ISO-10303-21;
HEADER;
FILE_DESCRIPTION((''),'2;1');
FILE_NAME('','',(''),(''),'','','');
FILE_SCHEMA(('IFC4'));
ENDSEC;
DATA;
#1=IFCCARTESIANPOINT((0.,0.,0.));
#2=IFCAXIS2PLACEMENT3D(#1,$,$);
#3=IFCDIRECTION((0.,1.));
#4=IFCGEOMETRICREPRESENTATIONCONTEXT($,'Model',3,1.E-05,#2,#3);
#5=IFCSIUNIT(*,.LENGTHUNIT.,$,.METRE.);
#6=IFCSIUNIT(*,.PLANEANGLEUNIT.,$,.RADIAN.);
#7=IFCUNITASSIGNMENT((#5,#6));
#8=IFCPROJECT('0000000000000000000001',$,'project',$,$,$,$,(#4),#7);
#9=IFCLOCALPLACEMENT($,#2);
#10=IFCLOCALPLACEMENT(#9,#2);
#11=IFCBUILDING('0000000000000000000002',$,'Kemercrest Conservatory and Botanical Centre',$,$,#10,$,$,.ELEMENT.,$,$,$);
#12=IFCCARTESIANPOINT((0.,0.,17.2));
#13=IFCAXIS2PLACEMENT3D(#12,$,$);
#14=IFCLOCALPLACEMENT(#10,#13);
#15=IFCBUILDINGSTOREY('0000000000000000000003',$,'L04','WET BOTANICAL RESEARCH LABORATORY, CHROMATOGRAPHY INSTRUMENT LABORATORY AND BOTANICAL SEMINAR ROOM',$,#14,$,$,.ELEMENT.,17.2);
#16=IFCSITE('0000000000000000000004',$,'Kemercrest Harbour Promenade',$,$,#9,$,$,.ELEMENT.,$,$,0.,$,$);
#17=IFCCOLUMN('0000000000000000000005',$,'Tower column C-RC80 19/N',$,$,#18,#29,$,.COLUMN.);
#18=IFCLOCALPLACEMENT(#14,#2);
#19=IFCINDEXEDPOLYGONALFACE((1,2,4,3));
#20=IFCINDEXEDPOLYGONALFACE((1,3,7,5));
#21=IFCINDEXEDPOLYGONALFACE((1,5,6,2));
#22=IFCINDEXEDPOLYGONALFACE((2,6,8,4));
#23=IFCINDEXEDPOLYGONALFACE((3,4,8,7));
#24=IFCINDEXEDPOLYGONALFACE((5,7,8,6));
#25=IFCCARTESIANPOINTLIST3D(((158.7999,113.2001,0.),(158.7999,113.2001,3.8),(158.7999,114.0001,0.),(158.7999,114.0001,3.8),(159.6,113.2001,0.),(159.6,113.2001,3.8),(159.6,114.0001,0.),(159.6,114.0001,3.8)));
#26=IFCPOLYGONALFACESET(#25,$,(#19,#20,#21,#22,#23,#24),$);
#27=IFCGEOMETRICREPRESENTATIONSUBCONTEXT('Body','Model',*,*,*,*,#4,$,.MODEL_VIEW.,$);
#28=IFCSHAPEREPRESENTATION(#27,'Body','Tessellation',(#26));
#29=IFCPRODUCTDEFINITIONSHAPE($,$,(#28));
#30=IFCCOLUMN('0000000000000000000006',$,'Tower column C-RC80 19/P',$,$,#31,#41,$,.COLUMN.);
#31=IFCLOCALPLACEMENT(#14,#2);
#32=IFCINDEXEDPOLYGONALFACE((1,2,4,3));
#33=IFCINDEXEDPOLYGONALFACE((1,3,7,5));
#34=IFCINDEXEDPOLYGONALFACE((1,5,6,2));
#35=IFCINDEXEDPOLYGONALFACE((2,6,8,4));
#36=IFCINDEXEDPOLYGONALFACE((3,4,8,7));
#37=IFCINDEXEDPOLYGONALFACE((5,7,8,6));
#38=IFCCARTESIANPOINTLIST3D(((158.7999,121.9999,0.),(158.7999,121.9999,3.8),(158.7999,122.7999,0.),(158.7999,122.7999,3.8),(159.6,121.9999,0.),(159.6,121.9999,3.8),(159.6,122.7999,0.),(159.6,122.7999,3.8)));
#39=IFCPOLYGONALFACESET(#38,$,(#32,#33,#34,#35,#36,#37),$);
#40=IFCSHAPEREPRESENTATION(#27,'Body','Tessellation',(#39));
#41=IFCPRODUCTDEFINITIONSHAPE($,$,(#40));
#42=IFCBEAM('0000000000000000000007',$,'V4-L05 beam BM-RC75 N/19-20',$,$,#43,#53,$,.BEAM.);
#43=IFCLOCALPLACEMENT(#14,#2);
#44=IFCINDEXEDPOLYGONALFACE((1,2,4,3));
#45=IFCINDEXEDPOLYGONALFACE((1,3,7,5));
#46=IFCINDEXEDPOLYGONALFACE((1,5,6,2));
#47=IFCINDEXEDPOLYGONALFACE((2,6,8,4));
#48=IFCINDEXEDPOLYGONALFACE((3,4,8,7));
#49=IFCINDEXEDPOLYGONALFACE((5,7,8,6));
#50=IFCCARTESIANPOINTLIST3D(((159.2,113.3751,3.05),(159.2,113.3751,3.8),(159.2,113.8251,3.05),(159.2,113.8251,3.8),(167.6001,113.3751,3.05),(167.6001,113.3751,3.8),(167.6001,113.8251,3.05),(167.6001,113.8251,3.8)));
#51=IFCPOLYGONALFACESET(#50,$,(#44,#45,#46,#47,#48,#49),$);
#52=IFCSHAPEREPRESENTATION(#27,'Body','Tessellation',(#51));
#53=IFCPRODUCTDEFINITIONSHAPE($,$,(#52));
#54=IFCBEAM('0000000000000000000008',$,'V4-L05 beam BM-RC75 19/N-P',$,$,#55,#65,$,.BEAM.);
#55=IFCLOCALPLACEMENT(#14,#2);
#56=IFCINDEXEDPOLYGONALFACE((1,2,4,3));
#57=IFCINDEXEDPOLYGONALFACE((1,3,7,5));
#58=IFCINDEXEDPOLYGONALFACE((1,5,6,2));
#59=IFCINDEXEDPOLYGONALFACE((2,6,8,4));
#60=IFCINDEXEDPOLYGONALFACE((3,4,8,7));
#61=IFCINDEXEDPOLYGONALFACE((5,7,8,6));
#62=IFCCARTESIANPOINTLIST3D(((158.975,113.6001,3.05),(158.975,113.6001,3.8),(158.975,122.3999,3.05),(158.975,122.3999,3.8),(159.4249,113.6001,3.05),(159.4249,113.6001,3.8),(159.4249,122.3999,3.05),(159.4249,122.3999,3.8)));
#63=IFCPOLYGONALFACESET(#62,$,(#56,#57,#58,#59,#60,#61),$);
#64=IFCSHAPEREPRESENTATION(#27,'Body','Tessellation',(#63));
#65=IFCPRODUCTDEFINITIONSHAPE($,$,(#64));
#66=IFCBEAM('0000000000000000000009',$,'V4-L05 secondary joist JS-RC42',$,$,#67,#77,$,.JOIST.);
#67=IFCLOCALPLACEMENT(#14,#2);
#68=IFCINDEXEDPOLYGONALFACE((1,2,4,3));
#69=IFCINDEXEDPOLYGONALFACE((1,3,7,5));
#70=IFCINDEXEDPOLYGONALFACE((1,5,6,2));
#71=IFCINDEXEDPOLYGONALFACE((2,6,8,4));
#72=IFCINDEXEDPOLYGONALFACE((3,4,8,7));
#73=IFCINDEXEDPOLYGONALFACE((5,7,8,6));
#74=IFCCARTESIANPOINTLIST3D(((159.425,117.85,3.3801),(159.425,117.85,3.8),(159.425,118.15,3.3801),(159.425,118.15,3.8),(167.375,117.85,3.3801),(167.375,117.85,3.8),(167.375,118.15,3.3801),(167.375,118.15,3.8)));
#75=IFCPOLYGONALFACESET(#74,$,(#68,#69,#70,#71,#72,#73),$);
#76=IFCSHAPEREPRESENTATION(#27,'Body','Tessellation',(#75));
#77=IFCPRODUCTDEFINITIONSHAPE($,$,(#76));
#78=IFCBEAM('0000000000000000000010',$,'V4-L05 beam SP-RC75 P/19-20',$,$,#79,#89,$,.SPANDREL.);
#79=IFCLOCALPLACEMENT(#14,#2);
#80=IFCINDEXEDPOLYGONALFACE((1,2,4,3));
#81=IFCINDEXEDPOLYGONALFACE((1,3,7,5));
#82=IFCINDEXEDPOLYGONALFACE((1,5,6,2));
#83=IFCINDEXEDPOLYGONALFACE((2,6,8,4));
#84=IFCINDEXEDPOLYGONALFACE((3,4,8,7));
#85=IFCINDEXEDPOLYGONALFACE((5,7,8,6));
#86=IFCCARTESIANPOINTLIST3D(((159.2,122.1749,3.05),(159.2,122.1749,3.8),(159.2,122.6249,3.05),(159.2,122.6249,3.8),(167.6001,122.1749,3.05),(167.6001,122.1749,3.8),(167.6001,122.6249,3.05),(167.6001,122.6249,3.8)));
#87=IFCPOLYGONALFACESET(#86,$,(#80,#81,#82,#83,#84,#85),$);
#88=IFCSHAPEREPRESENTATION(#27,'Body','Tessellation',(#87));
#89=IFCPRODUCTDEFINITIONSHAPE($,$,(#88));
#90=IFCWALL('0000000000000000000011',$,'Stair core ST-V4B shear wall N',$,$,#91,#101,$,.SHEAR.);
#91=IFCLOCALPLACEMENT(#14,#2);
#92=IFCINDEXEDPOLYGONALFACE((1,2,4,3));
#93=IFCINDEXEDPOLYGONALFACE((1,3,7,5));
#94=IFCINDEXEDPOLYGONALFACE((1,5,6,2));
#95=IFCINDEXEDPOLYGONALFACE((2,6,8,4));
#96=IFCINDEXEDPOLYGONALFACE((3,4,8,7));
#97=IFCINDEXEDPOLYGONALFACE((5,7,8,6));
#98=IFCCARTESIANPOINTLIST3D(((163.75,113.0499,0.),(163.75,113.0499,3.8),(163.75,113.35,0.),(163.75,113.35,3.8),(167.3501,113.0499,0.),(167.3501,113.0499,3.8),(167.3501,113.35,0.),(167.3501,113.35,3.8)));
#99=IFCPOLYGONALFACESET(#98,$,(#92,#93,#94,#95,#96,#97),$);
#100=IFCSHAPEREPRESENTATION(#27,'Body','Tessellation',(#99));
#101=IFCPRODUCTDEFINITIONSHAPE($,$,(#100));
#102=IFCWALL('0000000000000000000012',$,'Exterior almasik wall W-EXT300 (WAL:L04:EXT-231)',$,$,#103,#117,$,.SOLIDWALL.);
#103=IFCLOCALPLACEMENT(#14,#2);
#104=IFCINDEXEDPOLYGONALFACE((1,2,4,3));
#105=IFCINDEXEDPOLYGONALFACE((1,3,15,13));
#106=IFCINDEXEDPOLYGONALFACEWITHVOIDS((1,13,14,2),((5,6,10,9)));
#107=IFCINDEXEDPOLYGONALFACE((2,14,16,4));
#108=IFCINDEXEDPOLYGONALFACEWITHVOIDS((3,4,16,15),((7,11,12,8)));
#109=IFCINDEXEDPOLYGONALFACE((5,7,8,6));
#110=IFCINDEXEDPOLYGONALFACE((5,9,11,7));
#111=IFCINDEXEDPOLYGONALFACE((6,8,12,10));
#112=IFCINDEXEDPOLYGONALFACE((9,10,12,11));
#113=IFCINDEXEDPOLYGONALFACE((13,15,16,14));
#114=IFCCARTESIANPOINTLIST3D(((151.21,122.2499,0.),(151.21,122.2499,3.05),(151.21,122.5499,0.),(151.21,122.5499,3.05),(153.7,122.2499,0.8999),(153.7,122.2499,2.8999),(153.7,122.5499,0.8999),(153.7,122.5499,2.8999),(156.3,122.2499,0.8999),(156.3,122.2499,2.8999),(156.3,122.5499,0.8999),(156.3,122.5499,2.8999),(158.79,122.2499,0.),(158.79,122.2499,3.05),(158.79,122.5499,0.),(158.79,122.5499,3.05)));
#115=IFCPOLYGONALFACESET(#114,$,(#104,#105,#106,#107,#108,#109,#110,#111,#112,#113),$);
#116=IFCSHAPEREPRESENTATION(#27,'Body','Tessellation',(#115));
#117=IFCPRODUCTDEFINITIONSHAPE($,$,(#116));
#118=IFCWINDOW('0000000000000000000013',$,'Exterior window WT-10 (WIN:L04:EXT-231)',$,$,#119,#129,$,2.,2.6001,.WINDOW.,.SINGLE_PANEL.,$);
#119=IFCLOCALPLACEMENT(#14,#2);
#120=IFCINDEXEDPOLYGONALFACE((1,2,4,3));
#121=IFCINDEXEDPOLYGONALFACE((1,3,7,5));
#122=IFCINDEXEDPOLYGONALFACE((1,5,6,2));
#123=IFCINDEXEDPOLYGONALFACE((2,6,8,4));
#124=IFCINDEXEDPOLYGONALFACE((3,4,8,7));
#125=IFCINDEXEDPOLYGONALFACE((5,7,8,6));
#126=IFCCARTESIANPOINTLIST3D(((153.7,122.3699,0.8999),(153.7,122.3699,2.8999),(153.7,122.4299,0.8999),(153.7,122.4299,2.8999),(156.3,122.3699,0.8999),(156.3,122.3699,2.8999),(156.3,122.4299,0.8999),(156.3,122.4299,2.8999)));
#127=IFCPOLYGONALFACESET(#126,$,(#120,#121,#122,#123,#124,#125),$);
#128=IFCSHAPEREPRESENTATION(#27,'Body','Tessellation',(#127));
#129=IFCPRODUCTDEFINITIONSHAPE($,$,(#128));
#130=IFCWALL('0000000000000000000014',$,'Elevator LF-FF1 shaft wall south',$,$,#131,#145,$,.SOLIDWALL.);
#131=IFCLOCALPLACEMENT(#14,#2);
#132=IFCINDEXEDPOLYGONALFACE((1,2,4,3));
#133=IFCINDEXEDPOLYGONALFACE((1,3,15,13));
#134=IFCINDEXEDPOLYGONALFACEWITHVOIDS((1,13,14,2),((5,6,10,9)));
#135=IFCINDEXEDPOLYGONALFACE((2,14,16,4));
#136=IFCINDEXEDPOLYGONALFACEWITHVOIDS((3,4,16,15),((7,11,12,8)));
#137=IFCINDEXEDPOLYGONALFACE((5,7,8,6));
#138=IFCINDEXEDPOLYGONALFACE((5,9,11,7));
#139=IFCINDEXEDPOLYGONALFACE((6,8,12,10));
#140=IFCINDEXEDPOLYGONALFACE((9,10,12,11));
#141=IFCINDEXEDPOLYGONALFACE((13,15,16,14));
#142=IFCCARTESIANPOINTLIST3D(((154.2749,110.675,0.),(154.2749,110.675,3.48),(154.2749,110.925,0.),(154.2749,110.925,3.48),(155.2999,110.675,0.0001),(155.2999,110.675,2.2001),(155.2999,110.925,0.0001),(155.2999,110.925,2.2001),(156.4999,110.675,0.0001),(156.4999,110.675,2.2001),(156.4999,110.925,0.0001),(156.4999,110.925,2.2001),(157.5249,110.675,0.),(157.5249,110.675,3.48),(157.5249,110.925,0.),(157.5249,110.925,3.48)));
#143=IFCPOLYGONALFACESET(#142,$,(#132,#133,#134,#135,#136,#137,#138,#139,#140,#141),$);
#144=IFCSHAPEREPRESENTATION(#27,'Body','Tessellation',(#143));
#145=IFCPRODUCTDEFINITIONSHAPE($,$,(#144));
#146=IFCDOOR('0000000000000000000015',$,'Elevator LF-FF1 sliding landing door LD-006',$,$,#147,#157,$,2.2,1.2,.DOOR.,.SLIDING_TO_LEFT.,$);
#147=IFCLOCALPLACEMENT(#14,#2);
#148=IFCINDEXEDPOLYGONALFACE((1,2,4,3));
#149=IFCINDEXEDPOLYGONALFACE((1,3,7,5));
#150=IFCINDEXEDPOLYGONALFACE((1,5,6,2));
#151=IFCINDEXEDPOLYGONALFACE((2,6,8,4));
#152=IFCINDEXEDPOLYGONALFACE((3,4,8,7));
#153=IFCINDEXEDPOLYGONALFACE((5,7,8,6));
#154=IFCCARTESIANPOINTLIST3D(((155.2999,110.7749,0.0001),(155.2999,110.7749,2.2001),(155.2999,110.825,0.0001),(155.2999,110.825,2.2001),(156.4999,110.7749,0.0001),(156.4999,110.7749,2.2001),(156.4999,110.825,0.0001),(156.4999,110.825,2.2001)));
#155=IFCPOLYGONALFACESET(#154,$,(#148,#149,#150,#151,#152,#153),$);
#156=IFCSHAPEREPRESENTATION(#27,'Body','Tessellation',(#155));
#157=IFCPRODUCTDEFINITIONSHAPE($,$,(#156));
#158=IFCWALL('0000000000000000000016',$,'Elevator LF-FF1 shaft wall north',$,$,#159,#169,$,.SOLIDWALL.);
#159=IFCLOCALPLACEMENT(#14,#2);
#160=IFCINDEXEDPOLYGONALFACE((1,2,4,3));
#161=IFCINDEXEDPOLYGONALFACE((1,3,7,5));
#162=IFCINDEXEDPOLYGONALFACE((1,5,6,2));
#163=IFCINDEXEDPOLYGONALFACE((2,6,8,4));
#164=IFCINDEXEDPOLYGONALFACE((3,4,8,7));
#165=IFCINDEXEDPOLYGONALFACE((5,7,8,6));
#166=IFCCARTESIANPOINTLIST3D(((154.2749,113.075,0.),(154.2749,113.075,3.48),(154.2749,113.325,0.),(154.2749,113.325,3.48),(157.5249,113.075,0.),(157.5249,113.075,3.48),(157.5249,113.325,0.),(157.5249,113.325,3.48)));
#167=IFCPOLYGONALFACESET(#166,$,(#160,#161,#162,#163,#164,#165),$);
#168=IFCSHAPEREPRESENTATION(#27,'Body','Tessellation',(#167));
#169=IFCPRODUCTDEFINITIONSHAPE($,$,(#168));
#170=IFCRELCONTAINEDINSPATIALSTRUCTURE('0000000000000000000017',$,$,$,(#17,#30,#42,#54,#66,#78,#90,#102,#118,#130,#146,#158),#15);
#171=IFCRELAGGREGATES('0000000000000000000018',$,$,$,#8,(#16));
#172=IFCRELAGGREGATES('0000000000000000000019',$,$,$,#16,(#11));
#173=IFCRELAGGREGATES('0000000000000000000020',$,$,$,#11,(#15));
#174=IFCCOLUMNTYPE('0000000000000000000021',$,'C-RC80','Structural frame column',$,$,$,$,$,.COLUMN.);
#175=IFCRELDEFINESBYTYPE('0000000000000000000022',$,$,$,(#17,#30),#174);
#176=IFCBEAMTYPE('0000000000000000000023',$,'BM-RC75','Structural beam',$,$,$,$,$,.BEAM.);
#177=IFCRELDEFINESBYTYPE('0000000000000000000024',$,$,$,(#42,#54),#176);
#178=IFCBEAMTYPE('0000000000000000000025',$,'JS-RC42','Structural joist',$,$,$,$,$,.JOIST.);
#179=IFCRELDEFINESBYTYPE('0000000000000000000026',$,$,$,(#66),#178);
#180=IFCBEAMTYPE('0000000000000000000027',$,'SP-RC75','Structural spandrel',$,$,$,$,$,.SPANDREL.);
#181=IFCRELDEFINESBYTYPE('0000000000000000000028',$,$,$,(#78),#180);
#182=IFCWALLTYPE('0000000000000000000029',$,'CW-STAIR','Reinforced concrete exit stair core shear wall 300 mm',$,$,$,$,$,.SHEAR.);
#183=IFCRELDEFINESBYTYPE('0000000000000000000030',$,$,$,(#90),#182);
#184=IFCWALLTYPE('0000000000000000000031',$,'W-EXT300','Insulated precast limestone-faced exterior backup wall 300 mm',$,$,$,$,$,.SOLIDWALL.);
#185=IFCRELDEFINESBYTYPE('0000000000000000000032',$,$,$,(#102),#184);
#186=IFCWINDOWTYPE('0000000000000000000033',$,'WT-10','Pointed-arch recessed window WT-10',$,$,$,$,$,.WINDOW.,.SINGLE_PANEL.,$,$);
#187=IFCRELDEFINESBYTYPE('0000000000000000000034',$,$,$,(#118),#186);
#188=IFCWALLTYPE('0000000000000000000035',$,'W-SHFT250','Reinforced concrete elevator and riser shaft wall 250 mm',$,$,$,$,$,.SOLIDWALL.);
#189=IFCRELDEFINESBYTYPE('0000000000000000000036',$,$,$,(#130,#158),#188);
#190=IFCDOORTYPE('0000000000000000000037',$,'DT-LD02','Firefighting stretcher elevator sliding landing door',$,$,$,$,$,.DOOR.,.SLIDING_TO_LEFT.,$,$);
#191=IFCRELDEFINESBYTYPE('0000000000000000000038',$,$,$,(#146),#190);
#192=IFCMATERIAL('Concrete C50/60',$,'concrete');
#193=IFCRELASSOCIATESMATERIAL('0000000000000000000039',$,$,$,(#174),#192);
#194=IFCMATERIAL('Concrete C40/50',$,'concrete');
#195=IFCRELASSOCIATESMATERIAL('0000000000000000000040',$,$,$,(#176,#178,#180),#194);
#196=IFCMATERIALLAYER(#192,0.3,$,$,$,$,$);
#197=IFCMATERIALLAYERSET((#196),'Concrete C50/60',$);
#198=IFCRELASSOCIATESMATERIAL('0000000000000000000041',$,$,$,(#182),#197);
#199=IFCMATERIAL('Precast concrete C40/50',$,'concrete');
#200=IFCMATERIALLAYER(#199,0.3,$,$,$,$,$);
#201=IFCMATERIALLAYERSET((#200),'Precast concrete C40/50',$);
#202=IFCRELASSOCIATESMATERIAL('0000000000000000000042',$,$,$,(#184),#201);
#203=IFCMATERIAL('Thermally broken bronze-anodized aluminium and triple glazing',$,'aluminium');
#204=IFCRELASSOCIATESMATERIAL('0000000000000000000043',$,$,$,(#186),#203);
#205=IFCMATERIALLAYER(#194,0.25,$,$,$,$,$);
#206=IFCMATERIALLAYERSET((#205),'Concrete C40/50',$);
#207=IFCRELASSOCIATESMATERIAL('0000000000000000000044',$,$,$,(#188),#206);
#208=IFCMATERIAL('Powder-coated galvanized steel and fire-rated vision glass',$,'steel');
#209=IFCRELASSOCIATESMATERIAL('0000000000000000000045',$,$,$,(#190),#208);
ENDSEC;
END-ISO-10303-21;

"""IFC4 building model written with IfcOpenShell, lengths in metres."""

from ifc_helpers import new_model, si_unit, direction, frame, frame_2d, origin, origin_2d, place, context, subcontext, project, spatial, rectangle, extrude, material, layer, layer_set, material_profile, profile_set, type_object, element, fill, save


model = new_model("IFC4")

# Units and contexts
model_context = context("Model", 3, precision=1e-05, world=origin(), true_north=direction((0.0, 1.0)))
body_context = subcontext(model_context, "Body", "Model", "MODEL_VIEW")
ifc_project = project(units=[si_unit("LENGTHUNIT", "METRE"), si_unit("PLANEANGLEUNIT", "RADIAN")], contexts=[model_context])

# Site, building, storey
site_placement = place(None, origin())
site = spatial("IfcSite", under=ifc_project, at=site_placement, Name="Kemercrest Harbour Promenade", CompositionType="ELEMENT", RefElevation=0.0)
building_placement = place(site_placement, origin())
building = spatial("IfcBuilding", under=site, at=building_placement, Name="Kemercrest Conservatory and Botanical Centre", CompositionType="ELEMENT")
storey_placement = place(building_placement, frame((0.0, 0.0, 17.2)))
storey = spatial("IfcBuildingStorey", under=building, at=storey_placement, Name="L04", Description="WET BOTANICAL RESEARCH LABORATORY, CHROMATOGRAPHY INSTRUMENT LABORATORY AND BOTANICAL SEMINAR ROOM", CompositionType="ELEMENT", Elevation=17.2)

# Columns
ifc_material_1 = material(Name="Concrete C50/60", Category="concrete")
ifc_material_profile_1 = material_profile(ifc_material_1, rectangle(XDim=0.8, YDim=0.8, at=origin_2d()), Name="RC 800x800")
ifc_profile_set_1 = profile_set([ifc_material_profile_1], Name="Concrete C50/60")
column_type = type_object("IfcColumnType", Name="C-RC80", Description="Structural frame column", PredefinedType="COLUMN", material=ifc_profile_set_1)
for number, where, z_axis, x_axis, name in (
    (1, (159.2, 113.6001, 0.0), (0.0, 0.0, 1.0), (1.0, 0.0, 0.0), "Tower column C-RC80 19/N"),
    (2, (159.2, 122.3999, 0.0), (0.0, 0.0, 1.0), (1.0, 0.0, 0.0), "Tower column C-RC80 19/P"),
):
    element("IfcColumn", number, at=place(storey_placement, frame(where, z_axis=z_axis, x_axis=x_axis)), inside=storey, type_object=column_type, Name=name, PredefinedType="COLUMN", context=body_context, shape_type="SweptSolid", body=[
        extrude(rectangle(XDim=0.8, YDim=0.8, at=origin_2d()), origin(), (0.0, 0.0, 1.0), 3.8),
    ])

# Beams
ifc_material_2 = material(Name="Concrete C40/50", Category="concrete")
ifc_material_profile_2 = material_profile(ifc_material_2, rectangle(XDim=0.45, YDim=0.75, at=origin_2d()), Name="RC 450x750")
ifc_profile_set_2 = profile_set([ifc_material_profile_2], Name="Concrete C40/50")
beam_type_1 = type_object("IfcBeamType", Name="BM-RC75", Description="Structural beam", PredefinedType="BEAM", material=ifc_profile_set_2)
beam_1_placement = place(storey_placement, frame((159.2, 113.6001, 3.425), z_axis=(1.0, 0.0, 0.0), x_axis=(0.0, 1.0, 0.0)))
element("IfcBeam", 3, at=beam_1_placement, inside=storey, type_object=beam_type_1, Name="V4-L05 beam BM-RC75 N/19-20", PredefinedType="BEAM", context=body_context, shape_type="SweptSolid", body=[
    extrude(rectangle(XDim=0.45, YDim=0.75, at=origin_2d()), origin(), (0.0, 0.0, 1.0), 8.4001),
])
beam_2_placement = place(storey_placement, frame((159.2, 113.6001, 3.425), z_axis=(0.0, 1.0, 0.0), x_axis=(-1.0, 0.0, 0.0)))
element("IfcBeam", 4, at=beam_2_placement, inside=storey, type_object=beam_type_1, Name="V4-L05 beam BM-RC75 19/N-P", PredefinedType="BEAM", context=body_context, shape_type="SweptSolid", body=[
    extrude(rectangle(XDim=0.45, YDim=0.75, at=origin_2d()), origin(), (0.0, 0.0, 1.0), 8.7998),
])
ifc_material_profile_3 = material_profile(ifc_material_2, rectangle(XDim=0.3, YDim=0.4199, at=origin_2d()), Name="RC 300x420")
ifc_profile_set_3 = profile_set([ifc_material_profile_3], Name="Concrete C40/50")
beam_type_2 = type_object("IfcBeamType", Name="JS-RC42", Description="Structural joist", PredefinedType="JOIST", material=ifc_profile_set_3)
beam_3_placement = place(storey_placement, frame((159.425, 118.0, 3.5901), z_axis=(1.0, 0.0, 0.0), x_axis=(0.0, 1.0, 0.0)))
element("IfcBeam", 5, at=beam_3_placement, inside=storey, type_object=beam_type_2, Name="V4-L05 secondary joist JS-RC42", PredefinedType="JOIST", context=body_context, shape_type="SweptSolid", body=[
    extrude(rectangle(XDim=0.3, YDim=0.4199, at=origin_2d()), origin(), (0.0, 0.0, 1.0), 7.95),
])
ifc_material_profile_4 = material_profile(ifc_material_2, rectangle(XDim=0.45, YDim=0.75, at=origin_2d()), Name="RC 450x750")
ifc_profile_set_4 = profile_set([ifc_material_profile_4], Name="Concrete C40/50")
beam_type_3 = type_object("IfcBeamType", Name="SP-RC75", Description="Structural spandrel", PredefinedType="SPANDREL", material=ifc_profile_set_4)
beam_4_placement = place(storey_placement, frame((159.2, 122.3999, 3.425), z_axis=(1.0, 0.0, 0.0), x_axis=(0.0, 1.0, 0.0)))
element("IfcBeam", 6, at=beam_4_placement, inside=storey, type_object=beam_type_3, Name="V4-L05 beam SP-RC75 P/19-20", PredefinedType="SPANDREL", context=body_context, shape_type="SweptSolid", body=[
    extrude(rectangle(XDim=0.45, YDim=0.75, at=origin_2d()), origin(), (0.0, 0.0, 1.0), 8.4001),
])

# Wall
ifc_layer_1 = layer(ifc_material_1, 0.3)
ifc_layer_set_1 = layer_set([ifc_layer_1], Name="Concrete C50/60")
wall_type_1 = type_object("IfcWallType", Name="CW-STAIR", Description="Reinforced concrete exit stair core shear wall 300 mm", PredefinedType="SHEAR", material=ifc_layer_set_1)
wall_1_placement = place(storey_placement, frame((163.75, 113.2, 0.0), z_axis=(0.0, 0.0, 1.0), x_axis=(1.0, 0.0, 0.0)))
element("IfcWall", 7, at=wall_1_placement, inside=storey, type_object=wall_type_1, Name="Stair core ST-V4B shear wall N", PredefinedType="SHEAR", context=body_context, shape_type="SweptSolid", body=[
    extrude(rectangle(XDim=3.6001, YDim=0.3, at=frame_2d((1.8, 0.0))), origin(), (0.0, 0.0, 1.0), 3.8),
])

# Wall, opening, window
ifc_material_3 = material(Name="Precast concrete C40/50", Category="concrete")
ifc_layer_2 = layer(ifc_material_3, 0.3)
ifc_layer_set_2 = layer_set([ifc_layer_2], Name="Precast concrete C40/50")
wall_type_2 = type_object("IfcWallType", Name="W-EXT300", Description="Insulated precast limestone-faced exterior backup wall 300 mm", PredefinedType="SOLIDWALL", material=ifc_layer_set_2)
wall_2_placement = place(storey_placement, frame((158.79, 122.3999, 0.0), z_axis=(0.0, 0.0, 1.0), x_axis=(-1.0, 0.0, 0.0)))
wall_2 = element("IfcWall", 8, at=wall_2_placement, inside=storey, type_object=wall_type_2, Name="Exterior almasik wall W-EXT300 (WAL:L04:EXT-231)", PredefinedType="SOLIDWALL", context=body_context, shape_type="SweptSolid", body=[
    extrude(rectangle(XDim=7.5801, YDim=0.3, at=frame_2d((3.79, 0.0))), origin(), (0.0, 0.0, 1.0), 3.05),
])
opening_1_placement = place(wall_2_placement, frame((2.49, 0.0, 0.8999)))
opening_1 = element("IfcOpeningElement", 9, at=opening_1_placement, cuts=wall_2, PredefinedType="OPENING", context=body_context, shape_type="SweptSolid", body=[
    extrude(rectangle(XDim=2.6001, YDim=2.0, at=frame_2d((1.3, 1.0))), frame((0.0, 0.1602, 0.0), z_axis=(0.0, -1.0, 0.0), x_axis=(1.0, 0.0, 0.0)), (0.0, 0.0, 1.0), 0.3201),
])
ifc_material_4 = material(Name="Thermally broken bronze-anodized aluminium and triple glazing", Category="aluminium")
window_type = type_object("IfcWindowType", Name="WT-10", Description="Pointed-arch recessed window WT-10", PartitioningType="SINGLE_PANEL", PredefinedType="WINDOW", material=ifc_material_4)
window_placement = place(opening_1_placement, origin())
window = element("IfcWindow", 10, at=window_placement, inside=storey, type_object=window_type, Name="Exterior window WT-10 (WIN:L04:EXT-231)", OverallHeight=2.0, OverallWidth=2.6001, PartitioningType="SINGLE_PANEL", PredefinedType="WINDOW", context=body_context, shape_type="SweptSolid", body=[
    extrude(rectangle(XDim=2.6001, YDim=2.0, at=frame_2d((1.3, 1.0))), frame((0.0, 0.03, 0.0), z_axis=(0.0, -1.0, 0.0), x_axis=(1.0, 0.0, 0.0)), (0.0, 0.0, 1.0), 0.0601),
])
fill(opening_1, window)

# Wall, opening, door
ifc_layer_3 = layer(ifc_material_2, 0.25)
ifc_layer_set_3 = layer_set([ifc_layer_3], Name="Concrete C40/50")
wall_type_3 = type_object("IfcWallType", Name="W-SHFT250", Description="Reinforced concrete elevator and riser shaft wall 250 mm", PredefinedType="SOLIDWALL", material=ifc_layer_set_3)
wall_3_placement = place(storey_placement, frame((154.2749, 110.8, 0.0), z_axis=(0.0, 0.0, 1.0), x_axis=(1.0, 0.0, 0.0)))
wall_3 = element("IfcWall", 11, at=wall_3_placement, inside=storey, type_object=wall_type_3, Name="Elevator LF-FF1 shaft wall south", PredefinedType="SOLIDWALL", context=body_context, shape_type="SweptSolid", body=[
    extrude(rectangle(XDim=3.25, YDim=0.25, at=frame_2d((1.625, 0.0))), origin(), (0.0, 0.0, 1.0), 3.48),
])
opening_2_placement = place(wall_3_placement, frame((1.0249, 0.0, 0.0)))
opening_2 = element("IfcOpeningElement", 12, at=opening_2_placement, cuts=wall_3, PredefinedType="OPENING", context=body_context, shape_type="SweptSolid", body=[
    extrude(rectangle(XDim=1.2, YDim=2.2, at=frame_2d((0.6001, 1.1001))), frame((0.0, 0.135, 0.0), z_axis=(0.0, -1.0, 0.0), x_axis=(1.0, 0.0, 0.0)), (0.0, 0.0, 1.0), 0.27),
])
ifc_material_5 = material(Name="Powder-coated galvanized steel and fire-rated vision glass", Category="steel")
door_type_1 = type_object("IfcDoorType", Name="DT-LD02", Description="Firefighting stretcher elevator sliding landing door", OperationType="SLIDING_TO_LEFT", PredefinedType="DOOR", material=ifc_material_5)
door_1_placement = place(opening_2_placement, origin())
door_1 = element("IfcDoor", 13, at=door_1_placement, inside=storey, type_object=door_type_1, Name="Elevator LF-FF1 sliding landing door LD-006", OperationType="SLIDING_TO_LEFT", OverallHeight=2.2, OverallWidth=1.2, PredefinedType="DOOR", context=body_context, shape_type="SweptSolid", body=[
    extrude(rectangle(XDim=1.2, YDim=2.2, at=frame_2d((0.6001, 1.1001))), frame((0.0, 0.0249, 0.0), z_axis=(0.0, -1.0, 0.0), x_axis=(1.0, 0.0, 0.0)), (0.0, 0.0, 1.0), 0.05),
])
fill(opening_2, door_1)

# Wall
wall_4_placement = place(storey_placement, frame((154.2749, 113.2, 0.0), z_axis=(0.0, 0.0, 1.0), x_axis=(1.0, 0.0, 0.0)))
element("IfcWall", 14, at=wall_4_placement, inside=storey, type_object=wall_type_3, Name="Elevator LF-FF1 shaft wall north", PredefinedType="SOLIDWALL", context=body_context, shape_type="SweptSolid", body=[
    extrude(rectangle(XDim=3.25, YDim=0.25, at=frame_2d((1.625, 0.0))), origin(), (0.0, 0.0, 1.0), 3.48),
])

save(model, "model.ifc")
